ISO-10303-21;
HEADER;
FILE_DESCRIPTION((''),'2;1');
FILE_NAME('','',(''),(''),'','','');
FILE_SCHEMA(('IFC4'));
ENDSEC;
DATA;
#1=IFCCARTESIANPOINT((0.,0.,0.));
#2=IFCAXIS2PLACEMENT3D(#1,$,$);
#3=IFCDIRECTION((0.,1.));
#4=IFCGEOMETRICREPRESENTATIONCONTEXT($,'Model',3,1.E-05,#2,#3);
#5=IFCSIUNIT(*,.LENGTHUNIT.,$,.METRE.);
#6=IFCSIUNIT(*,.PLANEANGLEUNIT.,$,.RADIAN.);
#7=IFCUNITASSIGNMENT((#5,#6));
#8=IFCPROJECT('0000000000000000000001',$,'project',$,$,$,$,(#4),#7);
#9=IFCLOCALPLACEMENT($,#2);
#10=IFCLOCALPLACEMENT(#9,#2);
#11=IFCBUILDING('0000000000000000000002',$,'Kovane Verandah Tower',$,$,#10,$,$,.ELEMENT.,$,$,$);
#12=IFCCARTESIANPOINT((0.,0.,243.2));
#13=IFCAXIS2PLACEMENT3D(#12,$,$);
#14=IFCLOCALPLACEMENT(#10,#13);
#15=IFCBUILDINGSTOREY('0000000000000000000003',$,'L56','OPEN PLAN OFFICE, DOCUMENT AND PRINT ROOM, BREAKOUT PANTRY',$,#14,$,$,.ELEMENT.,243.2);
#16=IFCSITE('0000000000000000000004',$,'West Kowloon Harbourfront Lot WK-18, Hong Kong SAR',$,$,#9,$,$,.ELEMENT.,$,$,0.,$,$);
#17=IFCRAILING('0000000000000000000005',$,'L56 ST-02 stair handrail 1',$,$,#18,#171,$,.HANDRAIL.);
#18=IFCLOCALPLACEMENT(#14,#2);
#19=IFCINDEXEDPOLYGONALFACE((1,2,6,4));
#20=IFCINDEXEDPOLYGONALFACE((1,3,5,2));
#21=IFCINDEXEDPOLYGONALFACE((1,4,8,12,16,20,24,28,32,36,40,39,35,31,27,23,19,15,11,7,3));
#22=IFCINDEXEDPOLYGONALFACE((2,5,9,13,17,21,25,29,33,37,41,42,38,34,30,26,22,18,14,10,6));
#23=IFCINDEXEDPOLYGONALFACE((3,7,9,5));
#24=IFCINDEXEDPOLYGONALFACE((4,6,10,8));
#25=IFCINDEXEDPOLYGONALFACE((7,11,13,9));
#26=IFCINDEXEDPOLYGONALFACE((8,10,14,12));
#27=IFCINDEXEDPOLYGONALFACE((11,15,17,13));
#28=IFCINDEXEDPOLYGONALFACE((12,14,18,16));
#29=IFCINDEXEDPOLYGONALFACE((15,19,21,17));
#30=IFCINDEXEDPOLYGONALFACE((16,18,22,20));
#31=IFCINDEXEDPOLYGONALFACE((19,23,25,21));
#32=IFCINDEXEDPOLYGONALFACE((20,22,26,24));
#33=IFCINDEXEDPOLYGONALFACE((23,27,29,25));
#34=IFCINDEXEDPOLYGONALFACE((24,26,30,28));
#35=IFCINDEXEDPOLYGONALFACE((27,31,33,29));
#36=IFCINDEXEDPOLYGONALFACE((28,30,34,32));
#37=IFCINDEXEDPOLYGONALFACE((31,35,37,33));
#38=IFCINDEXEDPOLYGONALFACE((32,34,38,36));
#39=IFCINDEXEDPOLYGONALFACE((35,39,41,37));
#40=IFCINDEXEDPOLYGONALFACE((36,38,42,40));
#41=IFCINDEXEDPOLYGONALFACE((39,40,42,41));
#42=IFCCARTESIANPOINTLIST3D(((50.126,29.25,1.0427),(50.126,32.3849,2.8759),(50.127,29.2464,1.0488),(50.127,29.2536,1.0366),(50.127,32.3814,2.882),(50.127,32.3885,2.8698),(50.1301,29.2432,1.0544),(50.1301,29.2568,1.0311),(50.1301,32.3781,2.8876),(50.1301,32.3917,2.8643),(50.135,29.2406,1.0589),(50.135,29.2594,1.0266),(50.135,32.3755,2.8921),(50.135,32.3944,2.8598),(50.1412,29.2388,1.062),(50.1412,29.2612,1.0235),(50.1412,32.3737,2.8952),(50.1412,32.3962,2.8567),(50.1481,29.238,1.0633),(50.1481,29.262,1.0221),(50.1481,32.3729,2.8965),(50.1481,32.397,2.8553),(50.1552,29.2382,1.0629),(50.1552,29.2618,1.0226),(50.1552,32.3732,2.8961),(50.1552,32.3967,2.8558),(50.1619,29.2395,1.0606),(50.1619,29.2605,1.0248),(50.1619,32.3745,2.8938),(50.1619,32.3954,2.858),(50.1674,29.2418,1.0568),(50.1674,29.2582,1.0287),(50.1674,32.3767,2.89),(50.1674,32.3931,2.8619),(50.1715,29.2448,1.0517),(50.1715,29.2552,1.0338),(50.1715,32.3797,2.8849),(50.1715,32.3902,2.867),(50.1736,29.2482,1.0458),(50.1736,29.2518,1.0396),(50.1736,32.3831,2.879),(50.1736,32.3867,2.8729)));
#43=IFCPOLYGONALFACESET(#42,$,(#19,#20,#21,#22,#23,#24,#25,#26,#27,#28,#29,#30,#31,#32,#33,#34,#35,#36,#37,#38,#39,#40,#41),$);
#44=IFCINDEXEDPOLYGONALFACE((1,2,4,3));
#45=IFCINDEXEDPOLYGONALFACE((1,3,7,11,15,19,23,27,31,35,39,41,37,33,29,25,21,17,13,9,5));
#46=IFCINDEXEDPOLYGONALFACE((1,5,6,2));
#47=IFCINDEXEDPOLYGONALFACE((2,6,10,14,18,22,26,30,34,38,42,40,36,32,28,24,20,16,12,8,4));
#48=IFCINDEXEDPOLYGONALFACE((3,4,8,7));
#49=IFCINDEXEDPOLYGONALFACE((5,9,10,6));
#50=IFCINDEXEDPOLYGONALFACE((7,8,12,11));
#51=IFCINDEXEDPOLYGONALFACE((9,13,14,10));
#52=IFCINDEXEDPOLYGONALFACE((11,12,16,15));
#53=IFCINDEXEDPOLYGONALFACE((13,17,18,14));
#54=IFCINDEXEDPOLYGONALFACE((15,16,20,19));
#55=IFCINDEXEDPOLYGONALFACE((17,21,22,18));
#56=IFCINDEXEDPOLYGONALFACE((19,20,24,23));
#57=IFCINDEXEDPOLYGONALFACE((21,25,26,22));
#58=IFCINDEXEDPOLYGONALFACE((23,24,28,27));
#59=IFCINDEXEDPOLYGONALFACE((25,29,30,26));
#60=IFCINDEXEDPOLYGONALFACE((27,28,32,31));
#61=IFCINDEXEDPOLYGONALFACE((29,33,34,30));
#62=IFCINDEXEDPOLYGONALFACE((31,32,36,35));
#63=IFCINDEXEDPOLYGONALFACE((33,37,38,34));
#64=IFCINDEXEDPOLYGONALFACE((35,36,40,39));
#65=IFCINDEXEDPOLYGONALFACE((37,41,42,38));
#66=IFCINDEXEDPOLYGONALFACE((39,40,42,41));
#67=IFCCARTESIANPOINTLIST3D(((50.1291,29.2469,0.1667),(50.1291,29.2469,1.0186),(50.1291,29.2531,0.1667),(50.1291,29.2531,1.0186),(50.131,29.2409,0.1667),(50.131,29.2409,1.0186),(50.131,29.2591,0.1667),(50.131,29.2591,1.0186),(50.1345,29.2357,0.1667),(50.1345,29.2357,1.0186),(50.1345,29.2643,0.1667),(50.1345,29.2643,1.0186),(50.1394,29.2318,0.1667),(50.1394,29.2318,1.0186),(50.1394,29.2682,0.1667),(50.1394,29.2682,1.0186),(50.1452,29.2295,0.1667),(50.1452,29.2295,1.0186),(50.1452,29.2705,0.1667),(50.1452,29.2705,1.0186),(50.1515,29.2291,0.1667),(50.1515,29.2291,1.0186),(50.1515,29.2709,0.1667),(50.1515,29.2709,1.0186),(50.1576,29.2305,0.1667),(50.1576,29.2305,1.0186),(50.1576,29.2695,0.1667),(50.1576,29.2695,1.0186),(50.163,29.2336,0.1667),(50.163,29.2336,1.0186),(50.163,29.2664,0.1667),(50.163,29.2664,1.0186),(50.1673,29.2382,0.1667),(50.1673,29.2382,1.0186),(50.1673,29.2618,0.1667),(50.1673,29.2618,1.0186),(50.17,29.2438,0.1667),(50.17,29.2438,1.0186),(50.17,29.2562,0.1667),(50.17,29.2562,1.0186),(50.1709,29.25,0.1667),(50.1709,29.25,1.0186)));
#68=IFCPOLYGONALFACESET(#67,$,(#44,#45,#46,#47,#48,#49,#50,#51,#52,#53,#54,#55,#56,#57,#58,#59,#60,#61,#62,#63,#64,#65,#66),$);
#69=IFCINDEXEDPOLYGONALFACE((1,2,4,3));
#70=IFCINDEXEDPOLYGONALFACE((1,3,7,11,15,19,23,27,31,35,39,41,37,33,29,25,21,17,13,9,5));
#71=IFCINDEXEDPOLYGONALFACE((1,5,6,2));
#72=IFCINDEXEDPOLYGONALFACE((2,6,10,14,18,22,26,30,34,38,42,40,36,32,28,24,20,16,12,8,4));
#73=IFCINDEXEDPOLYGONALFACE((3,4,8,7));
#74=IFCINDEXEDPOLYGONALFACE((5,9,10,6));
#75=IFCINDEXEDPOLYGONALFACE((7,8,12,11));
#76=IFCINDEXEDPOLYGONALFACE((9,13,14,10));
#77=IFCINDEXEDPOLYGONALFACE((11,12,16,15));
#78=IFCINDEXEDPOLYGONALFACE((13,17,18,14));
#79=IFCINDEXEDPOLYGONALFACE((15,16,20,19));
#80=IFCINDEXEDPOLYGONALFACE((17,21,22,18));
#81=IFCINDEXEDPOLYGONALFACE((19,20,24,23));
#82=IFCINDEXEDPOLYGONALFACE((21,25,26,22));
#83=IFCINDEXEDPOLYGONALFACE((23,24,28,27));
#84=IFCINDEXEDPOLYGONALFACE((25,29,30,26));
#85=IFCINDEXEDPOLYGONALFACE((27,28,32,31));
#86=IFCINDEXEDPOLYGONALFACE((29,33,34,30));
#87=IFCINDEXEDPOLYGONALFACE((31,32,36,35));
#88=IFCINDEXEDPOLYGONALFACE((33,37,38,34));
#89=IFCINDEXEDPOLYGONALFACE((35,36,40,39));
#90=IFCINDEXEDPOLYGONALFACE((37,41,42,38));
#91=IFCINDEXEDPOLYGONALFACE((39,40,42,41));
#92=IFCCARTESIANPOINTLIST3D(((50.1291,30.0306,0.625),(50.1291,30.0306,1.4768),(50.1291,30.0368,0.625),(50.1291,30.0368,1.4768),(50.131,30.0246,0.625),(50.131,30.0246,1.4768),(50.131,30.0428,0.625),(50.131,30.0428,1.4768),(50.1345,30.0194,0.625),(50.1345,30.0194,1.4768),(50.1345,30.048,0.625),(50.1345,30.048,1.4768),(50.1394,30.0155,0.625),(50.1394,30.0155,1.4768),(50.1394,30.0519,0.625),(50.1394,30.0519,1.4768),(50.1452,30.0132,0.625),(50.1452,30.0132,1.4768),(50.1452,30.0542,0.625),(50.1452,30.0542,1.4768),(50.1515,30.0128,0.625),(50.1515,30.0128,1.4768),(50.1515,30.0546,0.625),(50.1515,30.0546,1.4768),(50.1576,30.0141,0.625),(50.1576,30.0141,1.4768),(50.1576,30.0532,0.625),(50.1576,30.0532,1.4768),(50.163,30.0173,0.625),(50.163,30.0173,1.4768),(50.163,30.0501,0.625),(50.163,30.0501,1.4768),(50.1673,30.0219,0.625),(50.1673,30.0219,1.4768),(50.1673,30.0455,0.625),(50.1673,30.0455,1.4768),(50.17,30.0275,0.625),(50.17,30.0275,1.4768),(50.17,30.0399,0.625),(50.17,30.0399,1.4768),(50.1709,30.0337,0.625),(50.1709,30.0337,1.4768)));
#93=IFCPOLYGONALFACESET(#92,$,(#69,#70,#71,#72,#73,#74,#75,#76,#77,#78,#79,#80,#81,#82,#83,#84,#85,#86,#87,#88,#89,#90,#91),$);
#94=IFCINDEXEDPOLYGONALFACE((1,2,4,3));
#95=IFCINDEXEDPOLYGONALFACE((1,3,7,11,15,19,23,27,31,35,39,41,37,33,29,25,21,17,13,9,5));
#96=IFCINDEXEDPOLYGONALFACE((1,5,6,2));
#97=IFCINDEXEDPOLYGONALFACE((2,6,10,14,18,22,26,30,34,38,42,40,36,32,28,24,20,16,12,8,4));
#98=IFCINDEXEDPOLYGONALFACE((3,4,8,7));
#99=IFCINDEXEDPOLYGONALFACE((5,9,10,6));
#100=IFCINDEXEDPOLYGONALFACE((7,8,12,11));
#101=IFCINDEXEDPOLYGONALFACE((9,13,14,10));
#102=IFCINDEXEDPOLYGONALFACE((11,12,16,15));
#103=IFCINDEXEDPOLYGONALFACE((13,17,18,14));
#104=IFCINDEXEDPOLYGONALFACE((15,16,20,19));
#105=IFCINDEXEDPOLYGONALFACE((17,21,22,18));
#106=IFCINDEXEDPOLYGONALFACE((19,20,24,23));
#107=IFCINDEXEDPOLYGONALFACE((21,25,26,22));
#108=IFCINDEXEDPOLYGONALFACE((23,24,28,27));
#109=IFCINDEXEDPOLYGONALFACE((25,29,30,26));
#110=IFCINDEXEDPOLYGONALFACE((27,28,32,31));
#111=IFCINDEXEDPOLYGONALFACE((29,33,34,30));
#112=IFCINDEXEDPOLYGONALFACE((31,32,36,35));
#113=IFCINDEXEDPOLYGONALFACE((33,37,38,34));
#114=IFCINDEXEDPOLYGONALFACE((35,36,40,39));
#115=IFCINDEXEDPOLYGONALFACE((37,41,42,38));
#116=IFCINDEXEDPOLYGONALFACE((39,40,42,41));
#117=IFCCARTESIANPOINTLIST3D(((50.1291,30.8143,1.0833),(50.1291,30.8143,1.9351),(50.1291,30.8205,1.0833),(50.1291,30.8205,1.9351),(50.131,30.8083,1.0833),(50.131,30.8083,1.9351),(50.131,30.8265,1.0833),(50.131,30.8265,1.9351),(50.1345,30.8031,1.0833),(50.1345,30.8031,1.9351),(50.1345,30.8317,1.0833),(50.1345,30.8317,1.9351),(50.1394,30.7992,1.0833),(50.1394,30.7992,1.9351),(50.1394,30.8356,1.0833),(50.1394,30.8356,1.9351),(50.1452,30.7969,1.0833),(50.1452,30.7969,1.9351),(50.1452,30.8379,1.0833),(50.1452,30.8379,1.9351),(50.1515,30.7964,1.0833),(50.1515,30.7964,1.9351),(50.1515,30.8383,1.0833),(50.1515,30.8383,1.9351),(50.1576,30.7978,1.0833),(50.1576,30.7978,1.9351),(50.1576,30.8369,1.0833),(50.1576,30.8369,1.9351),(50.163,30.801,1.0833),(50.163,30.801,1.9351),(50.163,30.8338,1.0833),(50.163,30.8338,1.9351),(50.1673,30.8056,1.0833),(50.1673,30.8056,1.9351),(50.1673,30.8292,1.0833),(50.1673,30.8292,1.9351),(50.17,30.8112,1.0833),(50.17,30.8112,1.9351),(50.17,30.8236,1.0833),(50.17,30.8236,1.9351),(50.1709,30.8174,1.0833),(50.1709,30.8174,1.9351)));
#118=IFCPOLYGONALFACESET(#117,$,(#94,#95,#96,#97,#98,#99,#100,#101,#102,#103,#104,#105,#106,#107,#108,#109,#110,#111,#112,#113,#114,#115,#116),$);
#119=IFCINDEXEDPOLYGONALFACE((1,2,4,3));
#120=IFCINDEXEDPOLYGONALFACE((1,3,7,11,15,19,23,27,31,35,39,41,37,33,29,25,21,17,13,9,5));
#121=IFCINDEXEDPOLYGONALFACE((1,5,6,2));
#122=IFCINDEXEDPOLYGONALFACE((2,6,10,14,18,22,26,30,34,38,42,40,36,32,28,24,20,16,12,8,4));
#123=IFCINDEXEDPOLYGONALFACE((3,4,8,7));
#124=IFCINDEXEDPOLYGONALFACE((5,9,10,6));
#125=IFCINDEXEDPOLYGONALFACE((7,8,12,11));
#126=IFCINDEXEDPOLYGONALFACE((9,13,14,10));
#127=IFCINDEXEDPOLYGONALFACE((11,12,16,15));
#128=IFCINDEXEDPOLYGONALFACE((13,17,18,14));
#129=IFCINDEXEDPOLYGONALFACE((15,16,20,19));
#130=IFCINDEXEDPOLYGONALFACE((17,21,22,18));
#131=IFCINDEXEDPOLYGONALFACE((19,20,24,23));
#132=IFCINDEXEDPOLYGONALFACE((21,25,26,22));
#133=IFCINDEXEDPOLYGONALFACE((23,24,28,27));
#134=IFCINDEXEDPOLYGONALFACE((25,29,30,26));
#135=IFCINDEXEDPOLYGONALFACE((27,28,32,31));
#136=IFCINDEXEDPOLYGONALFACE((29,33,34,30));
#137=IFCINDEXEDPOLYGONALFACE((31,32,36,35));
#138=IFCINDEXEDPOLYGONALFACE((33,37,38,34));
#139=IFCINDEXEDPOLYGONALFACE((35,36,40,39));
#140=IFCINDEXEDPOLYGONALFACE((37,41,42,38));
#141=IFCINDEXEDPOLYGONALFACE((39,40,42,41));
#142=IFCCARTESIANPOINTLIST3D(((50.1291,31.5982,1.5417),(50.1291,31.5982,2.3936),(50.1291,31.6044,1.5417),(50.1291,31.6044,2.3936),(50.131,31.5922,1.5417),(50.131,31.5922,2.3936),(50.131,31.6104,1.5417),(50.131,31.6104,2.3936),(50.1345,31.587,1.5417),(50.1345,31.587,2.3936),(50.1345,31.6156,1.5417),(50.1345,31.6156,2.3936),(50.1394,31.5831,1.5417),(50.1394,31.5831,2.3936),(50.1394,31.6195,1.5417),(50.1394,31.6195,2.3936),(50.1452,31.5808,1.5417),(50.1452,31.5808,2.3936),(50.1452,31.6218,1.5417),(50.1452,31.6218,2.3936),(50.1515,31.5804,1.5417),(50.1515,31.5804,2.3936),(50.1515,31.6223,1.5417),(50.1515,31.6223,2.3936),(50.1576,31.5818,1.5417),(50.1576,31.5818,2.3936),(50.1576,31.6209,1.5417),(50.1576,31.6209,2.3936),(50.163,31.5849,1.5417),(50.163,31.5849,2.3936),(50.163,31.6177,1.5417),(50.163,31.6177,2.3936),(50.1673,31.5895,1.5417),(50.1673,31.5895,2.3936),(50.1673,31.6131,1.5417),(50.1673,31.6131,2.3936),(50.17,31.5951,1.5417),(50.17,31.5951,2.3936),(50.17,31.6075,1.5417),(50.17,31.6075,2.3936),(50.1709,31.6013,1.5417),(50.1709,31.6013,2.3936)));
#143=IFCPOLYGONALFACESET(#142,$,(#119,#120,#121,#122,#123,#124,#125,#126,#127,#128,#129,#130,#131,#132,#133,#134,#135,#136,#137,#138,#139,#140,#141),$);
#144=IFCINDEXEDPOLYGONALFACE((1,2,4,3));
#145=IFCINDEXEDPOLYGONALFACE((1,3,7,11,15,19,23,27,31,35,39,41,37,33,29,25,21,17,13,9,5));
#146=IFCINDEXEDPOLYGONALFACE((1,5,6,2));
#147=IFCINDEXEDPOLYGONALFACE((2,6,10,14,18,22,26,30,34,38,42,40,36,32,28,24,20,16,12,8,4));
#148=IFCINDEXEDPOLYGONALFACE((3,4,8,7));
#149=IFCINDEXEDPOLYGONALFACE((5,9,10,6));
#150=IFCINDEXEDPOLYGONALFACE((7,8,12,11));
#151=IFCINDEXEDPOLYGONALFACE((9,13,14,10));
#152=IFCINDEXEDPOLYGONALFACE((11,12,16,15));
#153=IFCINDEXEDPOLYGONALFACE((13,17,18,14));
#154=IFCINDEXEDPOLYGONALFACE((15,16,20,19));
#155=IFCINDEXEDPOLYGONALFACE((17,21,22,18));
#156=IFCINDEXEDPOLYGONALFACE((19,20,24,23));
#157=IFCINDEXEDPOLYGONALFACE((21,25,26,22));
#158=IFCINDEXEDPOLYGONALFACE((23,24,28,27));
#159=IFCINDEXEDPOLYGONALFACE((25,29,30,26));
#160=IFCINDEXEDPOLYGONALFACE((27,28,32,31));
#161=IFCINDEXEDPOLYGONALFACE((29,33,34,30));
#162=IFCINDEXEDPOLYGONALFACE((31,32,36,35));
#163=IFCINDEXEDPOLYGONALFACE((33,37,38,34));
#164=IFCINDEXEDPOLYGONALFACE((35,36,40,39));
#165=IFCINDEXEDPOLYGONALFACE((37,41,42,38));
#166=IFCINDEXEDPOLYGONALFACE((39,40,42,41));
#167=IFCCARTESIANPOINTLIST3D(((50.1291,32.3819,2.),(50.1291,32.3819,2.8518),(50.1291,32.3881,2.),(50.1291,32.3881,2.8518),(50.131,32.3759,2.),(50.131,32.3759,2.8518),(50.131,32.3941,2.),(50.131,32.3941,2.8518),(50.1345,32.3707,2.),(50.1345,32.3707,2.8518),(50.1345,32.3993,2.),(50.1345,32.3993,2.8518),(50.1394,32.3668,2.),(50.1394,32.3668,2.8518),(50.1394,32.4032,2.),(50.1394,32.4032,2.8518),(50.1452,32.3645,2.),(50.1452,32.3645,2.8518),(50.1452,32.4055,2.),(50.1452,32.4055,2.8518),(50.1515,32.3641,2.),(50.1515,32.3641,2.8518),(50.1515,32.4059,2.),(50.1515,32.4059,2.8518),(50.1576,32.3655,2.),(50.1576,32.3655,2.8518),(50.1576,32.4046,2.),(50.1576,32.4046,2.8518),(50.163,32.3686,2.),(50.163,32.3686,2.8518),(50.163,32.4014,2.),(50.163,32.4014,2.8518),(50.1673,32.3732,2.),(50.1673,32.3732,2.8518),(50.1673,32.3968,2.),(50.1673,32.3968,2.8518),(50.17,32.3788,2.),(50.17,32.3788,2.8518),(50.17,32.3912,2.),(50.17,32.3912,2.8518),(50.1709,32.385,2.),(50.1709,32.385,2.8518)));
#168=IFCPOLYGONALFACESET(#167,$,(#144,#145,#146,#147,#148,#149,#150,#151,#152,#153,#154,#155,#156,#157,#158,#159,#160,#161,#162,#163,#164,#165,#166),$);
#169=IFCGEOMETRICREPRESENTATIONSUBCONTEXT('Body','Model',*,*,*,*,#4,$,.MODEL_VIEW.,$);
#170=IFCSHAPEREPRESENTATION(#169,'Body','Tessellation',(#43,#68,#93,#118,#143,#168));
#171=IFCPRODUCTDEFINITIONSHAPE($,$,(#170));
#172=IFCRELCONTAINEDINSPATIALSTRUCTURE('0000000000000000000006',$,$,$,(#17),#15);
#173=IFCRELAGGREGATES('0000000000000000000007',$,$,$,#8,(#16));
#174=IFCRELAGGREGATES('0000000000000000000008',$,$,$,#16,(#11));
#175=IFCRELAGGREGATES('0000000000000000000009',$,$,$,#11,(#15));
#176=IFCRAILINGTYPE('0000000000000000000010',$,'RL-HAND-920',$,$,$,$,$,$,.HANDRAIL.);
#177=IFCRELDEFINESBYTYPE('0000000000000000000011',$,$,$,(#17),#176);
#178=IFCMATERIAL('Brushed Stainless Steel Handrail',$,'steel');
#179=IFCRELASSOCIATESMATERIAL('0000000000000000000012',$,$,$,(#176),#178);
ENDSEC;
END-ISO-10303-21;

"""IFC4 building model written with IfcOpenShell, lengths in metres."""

from ifc_helpers import new_model, si_unit, direction, frame, origin, origin_2d, place, context, subcontext, project, spatial, circle, extrude, material, type_object, element, save


model = new_model("IFC4")

# Units and contexts
model_context = context("Model", 3, precision=1e-05, world=origin(), true_north=direction((0.0, 1.0)))
body_context = subcontext(model_context, "Body", "Model", "MODEL_VIEW")
ifc_project = project(units=[si_unit("LENGTHUNIT", "METRE"), si_unit("PLANEANGLEUNIT", "RADIAN")], contexts=[model_context])

# Site, building, storey
site_placement = place(None, origin())
site = spatial("IfcSite", under=ifc_project, at=site_placement, Name="West Kowloon Harbourfront Lot WK-18, Hong Kong SAR", CompositionType="ELEMENT", RefElevation=0.0)
building_placement = place(site_placement, origin())
building = spatial("IfcBuilding", under=site, at=building_placement, Name="Kovane Verandah Tower", CompositionType="ELEMENT")
storey_placement = place(building_placement, frame((0.0, 0.0, 243.2)))
storey = spatial("IfcBuildingStorey", under=building, at=storey_placement, Name="L56", Description="OPEN PLAN OFFICE, DOCUMENT AND PRINT ROOM, BREAKOUT PANTRY", CompositionType="ELEMENT", Elevation=243.2)

# Railing
ifc_material_1 = material(Name="Brushed Stainless Steel Handrail", Category="steel")
railing_type = type_object("IfcRailingType", Name="RL-HAND-920", PredefinedType="HANDRAIL", material=ifc_material_1)
railing_placement = place(storey_placement, frame((50.1499, 29.25, 0.1667)))
element("IfcRailing", 1, at=railing_placement, inside=storey, type_object=railing_type, Name="L56 ST-02 stair handrail 1", PredefinedType="HANDRAIL", context=body_context, shape_type="SweptSolid", body=[
    extrude(circle(Radius=0.0239, at=origin_2d()), frame((0.0, 0.0, 0.876), z_axis=(0.0, 0.86324, 0.504794), x_axis=(-1.0, 0.0, 0.0)), (0.0, 0.0, 1.0), 3.6316),
    extrude(circle(Radius=0.021, at=origin_2d()), origin(), (0.0, 0.0, 1.0), 0.8518),
    extrude(circle(Radius=0.021, at=origin_2d()), frame((0.0, 0.7837, 0.4583)), (0.0, 0.0, 1.0), 0.8518),
    extrude(circle(Radius=0.021, at=origin_2d()), frame((0.0, 1.5674, 0.9165)), (0.0, 0.0, 1.0), 0.8518),
    extrude(circle(Radius=0.021, at=origin_2d()), frame((0.0, 2.3513, 1.375)), (0.0, 0.0, 1.0), 0.8518),
    extrude(circle(Radius=0.021, at=origin_2d()), frame((0.0, 3.135, 1.8333)), (0.0, 0.0, 1.0), 0.8518),
])

save(model, "model.ifc")
